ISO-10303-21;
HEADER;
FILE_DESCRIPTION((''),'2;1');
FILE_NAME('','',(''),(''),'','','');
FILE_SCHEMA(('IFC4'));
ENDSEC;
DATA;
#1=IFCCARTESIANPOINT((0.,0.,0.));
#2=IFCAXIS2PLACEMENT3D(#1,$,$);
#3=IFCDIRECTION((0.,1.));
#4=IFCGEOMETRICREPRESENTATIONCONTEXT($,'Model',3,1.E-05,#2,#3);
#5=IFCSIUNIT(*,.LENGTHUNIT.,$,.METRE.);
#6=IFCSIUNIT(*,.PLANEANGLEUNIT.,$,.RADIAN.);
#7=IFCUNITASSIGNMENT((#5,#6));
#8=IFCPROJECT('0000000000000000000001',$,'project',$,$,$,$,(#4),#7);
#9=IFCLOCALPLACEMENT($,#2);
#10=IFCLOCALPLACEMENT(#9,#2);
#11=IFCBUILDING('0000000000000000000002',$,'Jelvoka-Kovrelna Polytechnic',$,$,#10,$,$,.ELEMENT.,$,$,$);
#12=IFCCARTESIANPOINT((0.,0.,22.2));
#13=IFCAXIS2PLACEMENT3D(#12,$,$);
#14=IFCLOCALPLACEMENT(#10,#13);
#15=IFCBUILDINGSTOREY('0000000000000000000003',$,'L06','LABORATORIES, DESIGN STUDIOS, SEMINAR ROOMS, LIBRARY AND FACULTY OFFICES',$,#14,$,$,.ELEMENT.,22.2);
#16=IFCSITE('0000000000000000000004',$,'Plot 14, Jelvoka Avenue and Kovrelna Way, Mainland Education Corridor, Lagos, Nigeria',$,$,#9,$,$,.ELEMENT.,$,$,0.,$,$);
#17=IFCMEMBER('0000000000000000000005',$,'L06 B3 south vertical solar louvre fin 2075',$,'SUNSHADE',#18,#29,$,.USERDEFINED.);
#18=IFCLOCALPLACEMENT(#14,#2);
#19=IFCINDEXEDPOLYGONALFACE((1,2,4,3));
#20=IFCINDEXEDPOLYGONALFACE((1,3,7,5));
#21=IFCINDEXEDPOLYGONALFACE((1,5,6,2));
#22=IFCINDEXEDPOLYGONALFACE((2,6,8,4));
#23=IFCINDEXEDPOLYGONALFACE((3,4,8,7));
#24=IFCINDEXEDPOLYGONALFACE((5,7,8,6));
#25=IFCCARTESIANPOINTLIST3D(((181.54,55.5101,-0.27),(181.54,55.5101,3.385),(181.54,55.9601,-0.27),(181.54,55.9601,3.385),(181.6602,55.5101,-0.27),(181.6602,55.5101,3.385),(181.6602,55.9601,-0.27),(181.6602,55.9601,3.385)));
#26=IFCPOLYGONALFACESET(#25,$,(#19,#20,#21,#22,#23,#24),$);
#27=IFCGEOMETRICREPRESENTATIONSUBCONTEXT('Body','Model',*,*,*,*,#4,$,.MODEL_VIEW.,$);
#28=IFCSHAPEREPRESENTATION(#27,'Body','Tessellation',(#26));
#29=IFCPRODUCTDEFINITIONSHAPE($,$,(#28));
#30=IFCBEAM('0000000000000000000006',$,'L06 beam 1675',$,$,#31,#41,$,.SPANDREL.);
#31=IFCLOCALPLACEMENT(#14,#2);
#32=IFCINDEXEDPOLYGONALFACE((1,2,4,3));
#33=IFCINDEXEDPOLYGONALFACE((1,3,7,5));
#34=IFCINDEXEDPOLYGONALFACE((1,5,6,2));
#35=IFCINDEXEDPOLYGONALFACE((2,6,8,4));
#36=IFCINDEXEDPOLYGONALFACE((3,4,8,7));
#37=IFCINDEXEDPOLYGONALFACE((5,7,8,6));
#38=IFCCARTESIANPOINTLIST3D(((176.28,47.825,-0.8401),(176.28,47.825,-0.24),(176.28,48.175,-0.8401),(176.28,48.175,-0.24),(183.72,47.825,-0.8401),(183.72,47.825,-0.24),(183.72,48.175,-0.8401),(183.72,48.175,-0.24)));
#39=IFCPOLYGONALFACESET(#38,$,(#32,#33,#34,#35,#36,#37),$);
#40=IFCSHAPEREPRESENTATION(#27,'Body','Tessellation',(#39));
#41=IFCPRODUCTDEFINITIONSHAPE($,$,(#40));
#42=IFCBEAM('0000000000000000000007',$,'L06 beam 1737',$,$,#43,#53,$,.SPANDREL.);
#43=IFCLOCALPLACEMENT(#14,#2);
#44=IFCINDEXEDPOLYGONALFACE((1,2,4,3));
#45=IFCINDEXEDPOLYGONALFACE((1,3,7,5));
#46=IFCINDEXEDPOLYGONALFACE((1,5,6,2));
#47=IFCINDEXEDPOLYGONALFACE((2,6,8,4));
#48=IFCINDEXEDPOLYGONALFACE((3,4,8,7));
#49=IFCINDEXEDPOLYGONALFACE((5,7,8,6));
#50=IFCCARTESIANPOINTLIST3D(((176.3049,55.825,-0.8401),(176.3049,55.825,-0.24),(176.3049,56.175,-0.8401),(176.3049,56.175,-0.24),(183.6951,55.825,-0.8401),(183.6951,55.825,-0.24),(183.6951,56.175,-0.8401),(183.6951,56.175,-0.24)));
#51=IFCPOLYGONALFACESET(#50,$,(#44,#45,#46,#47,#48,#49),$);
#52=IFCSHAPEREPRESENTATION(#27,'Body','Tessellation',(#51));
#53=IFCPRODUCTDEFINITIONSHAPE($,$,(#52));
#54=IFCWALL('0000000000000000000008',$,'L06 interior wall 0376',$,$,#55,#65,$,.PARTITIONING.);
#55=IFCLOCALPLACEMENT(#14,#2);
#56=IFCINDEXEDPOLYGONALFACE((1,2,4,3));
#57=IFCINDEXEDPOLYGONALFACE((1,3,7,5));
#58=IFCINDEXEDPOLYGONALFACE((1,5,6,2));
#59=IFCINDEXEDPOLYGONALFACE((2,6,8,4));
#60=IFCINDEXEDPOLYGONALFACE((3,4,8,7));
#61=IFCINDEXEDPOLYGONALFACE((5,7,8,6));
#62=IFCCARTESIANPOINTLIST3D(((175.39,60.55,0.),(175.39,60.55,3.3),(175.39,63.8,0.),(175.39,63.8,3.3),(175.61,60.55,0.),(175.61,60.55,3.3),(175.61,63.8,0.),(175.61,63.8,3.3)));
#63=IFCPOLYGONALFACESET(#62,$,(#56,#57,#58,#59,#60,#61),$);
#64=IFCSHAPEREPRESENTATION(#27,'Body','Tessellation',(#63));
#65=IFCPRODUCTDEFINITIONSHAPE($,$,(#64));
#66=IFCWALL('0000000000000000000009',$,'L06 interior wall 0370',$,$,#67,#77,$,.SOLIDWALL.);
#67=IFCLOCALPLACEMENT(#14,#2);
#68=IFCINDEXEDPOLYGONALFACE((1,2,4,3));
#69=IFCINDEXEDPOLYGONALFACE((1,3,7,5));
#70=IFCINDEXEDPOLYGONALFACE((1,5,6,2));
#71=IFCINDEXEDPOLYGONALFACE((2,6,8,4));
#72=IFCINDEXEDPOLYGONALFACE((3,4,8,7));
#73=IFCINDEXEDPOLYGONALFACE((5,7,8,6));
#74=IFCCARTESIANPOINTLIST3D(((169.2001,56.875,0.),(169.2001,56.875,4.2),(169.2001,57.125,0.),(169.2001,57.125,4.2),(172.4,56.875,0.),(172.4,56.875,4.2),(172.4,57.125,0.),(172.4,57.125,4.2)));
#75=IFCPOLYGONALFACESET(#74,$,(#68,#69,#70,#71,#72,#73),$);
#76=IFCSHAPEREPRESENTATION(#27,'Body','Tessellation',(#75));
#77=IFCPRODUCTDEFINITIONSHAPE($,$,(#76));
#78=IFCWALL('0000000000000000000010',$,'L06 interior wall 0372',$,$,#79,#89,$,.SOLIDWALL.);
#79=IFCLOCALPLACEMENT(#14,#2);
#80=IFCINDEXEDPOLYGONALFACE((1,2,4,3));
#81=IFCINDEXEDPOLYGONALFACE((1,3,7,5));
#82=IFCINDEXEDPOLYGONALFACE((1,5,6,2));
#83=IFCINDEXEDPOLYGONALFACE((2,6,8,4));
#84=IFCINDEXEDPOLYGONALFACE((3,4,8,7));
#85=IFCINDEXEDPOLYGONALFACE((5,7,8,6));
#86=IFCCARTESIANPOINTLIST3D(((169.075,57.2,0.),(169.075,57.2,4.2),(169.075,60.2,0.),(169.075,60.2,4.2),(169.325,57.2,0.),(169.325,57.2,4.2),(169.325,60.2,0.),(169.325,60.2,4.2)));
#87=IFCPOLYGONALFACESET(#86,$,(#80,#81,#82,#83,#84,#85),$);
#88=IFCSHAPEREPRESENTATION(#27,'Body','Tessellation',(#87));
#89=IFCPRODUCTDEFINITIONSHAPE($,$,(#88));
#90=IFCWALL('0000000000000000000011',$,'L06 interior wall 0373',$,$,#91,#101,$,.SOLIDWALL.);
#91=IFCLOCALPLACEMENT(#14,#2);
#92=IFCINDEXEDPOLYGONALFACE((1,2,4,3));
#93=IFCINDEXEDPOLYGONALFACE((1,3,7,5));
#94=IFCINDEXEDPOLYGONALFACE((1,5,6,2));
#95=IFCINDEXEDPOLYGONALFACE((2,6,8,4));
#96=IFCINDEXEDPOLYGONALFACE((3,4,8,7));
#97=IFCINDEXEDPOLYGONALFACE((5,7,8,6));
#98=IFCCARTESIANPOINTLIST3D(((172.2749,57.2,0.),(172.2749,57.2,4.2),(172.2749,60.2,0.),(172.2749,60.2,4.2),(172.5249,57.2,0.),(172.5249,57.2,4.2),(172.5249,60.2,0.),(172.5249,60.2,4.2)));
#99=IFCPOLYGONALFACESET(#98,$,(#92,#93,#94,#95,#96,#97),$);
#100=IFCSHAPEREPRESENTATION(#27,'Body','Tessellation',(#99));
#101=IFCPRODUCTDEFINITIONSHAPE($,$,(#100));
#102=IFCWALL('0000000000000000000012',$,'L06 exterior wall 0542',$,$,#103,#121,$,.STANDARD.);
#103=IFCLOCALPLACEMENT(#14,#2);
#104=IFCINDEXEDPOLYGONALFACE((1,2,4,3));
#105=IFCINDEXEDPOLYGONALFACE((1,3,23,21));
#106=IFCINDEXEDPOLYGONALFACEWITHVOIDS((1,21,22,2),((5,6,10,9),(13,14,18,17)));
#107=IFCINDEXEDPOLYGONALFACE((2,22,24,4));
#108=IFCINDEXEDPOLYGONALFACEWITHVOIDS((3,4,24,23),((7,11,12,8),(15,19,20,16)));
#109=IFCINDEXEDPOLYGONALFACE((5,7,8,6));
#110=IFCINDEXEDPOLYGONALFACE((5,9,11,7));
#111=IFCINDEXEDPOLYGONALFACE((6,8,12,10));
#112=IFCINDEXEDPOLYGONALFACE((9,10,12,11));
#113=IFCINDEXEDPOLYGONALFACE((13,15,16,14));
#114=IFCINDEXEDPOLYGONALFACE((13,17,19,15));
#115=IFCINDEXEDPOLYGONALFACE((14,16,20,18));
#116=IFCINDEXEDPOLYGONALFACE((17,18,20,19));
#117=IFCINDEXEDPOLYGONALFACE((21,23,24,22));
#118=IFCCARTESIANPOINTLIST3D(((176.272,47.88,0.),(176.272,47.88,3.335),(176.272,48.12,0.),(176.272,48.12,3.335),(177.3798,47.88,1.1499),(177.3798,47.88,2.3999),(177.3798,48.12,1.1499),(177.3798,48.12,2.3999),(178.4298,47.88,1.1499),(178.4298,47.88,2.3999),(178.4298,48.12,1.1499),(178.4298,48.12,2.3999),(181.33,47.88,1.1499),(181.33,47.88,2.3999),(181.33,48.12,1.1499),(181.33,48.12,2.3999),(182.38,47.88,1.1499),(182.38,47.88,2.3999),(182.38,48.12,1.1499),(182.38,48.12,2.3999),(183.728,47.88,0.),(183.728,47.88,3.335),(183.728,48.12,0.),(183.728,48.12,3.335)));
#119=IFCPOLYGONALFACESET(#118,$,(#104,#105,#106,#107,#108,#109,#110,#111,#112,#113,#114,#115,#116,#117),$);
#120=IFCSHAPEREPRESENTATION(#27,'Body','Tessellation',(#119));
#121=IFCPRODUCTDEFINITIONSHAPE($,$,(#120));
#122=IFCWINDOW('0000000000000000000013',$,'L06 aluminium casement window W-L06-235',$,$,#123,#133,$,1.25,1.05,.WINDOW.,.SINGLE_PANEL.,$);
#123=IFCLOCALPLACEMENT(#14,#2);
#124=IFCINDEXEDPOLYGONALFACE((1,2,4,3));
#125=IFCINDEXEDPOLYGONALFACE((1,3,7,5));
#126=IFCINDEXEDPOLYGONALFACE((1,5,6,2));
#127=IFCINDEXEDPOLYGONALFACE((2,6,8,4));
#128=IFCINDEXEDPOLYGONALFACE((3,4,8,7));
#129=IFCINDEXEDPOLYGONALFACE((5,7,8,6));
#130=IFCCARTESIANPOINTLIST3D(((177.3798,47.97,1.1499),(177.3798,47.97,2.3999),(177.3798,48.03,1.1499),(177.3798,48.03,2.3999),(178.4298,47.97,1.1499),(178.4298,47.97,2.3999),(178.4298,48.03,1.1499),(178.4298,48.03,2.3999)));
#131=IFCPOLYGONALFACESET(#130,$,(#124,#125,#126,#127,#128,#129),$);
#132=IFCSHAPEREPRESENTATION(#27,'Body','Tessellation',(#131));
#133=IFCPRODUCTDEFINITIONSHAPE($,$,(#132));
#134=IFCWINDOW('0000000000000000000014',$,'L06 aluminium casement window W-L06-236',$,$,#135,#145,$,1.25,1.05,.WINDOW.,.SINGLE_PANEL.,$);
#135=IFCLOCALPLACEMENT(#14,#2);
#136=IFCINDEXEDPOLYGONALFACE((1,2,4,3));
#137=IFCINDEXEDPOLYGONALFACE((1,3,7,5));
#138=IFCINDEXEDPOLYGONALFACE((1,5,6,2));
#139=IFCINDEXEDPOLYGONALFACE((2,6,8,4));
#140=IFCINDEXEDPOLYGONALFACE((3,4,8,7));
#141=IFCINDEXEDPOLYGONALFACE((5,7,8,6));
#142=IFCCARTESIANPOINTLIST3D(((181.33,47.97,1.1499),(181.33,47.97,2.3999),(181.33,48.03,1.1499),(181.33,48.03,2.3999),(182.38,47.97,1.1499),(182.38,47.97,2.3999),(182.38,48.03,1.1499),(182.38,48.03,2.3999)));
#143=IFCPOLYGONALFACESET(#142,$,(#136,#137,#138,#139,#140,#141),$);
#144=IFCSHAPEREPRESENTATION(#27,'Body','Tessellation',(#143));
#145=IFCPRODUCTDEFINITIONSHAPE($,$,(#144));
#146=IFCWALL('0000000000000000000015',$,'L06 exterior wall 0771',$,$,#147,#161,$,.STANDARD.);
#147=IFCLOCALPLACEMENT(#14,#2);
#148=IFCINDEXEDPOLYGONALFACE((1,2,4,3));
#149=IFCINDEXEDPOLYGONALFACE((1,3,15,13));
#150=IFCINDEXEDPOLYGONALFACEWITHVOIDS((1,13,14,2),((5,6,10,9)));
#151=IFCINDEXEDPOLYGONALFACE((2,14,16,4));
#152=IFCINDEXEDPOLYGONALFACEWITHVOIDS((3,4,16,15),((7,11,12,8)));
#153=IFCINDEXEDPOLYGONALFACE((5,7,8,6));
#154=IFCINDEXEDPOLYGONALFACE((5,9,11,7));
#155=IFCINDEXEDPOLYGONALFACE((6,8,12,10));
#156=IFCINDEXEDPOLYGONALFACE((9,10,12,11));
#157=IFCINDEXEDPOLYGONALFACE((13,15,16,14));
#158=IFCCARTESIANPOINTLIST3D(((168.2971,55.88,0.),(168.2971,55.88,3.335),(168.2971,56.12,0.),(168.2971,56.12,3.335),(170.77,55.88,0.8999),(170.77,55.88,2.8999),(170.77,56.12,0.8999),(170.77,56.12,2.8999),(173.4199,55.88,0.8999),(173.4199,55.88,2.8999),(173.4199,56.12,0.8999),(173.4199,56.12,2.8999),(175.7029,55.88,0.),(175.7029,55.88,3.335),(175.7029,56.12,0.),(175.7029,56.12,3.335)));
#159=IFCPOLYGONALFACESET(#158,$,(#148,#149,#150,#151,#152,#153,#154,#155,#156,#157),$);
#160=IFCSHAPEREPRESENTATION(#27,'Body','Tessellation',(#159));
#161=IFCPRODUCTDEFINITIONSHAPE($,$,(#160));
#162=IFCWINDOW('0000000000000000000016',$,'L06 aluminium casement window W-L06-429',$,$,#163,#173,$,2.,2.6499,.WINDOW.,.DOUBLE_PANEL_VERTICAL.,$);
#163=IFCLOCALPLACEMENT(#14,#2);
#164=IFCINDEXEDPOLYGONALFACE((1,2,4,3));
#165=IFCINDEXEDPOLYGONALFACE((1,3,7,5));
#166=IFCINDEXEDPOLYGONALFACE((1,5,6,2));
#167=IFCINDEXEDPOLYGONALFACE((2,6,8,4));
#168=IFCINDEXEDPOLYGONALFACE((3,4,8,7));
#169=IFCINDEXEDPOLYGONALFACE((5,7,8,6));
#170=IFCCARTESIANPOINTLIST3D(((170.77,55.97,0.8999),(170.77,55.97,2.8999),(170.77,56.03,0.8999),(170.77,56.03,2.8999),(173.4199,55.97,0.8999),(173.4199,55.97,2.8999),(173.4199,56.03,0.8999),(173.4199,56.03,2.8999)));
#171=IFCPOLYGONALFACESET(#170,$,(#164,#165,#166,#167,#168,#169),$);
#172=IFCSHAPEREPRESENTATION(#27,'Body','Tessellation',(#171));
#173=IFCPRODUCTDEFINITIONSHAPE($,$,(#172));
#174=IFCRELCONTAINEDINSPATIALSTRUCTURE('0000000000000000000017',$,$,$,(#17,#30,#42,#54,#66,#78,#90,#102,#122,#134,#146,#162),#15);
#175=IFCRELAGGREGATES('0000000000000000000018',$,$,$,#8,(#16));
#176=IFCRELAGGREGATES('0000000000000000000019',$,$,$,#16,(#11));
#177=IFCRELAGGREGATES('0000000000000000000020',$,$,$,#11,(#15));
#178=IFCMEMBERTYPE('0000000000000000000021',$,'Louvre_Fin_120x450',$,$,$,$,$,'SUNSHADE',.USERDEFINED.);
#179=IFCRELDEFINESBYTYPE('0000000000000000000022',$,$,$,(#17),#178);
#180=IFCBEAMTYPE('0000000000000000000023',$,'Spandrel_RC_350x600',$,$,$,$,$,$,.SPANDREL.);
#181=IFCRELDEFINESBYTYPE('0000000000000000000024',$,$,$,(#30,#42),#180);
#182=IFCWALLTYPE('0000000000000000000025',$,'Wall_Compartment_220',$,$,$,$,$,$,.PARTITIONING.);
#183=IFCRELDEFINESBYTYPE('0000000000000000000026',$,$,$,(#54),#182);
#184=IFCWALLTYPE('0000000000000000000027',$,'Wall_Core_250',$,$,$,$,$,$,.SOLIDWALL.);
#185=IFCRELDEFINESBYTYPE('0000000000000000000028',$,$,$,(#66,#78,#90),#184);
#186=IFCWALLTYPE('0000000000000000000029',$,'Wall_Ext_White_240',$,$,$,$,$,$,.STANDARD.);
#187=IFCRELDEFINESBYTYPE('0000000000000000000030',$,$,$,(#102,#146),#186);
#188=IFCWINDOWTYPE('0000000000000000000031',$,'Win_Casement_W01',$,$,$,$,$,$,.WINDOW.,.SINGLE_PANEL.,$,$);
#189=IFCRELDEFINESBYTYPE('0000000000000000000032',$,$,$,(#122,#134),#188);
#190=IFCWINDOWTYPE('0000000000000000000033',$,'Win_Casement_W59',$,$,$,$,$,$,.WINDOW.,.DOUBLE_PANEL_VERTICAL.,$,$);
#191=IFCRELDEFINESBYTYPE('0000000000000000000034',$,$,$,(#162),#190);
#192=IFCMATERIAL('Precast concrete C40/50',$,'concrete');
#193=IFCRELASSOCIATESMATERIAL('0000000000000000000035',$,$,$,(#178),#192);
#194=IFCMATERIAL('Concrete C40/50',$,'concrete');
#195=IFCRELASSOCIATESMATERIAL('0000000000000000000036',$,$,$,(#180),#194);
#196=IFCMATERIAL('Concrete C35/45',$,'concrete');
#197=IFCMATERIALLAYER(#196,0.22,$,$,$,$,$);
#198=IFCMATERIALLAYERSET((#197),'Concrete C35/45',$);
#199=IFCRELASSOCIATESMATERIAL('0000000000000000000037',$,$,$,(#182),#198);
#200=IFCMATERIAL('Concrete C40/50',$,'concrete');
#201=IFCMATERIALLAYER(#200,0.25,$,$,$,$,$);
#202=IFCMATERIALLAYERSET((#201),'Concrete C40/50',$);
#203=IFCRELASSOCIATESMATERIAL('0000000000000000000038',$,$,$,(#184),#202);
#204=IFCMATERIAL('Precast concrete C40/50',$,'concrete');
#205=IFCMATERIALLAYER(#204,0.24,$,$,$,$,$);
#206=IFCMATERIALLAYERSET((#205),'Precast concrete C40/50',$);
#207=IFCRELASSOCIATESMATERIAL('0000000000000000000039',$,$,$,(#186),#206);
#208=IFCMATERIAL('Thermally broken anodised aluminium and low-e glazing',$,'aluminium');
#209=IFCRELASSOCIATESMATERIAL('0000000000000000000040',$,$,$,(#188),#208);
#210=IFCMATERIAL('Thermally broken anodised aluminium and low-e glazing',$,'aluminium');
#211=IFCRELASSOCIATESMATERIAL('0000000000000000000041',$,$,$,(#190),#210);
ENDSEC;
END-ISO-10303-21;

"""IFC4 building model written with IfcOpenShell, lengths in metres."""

from ifc_helpers import new_model, si_unit, direction, frame, frame_2d, origin, origin_2d, place, context, subcontext, project, spatial, rectangle, extrude, material, layer, layer_set, material_profile, profile_set, type_object, element, fill, save


model = new_model("IFC4")

# Units and contexts
model_context = context("Model", 3, precision=1e-05, world=origin(), true_north=direction((0.0, 1.0)))
body_context = subcontext(model_context, "Body", "Model", "MODEL_VIEW")
ifc_project = project(units=[si_unit("LENGTHUNIT", "METRE"), si_unit("PLANEANGLEUNIT", "RADIAN")], contexts=[model_context])

# Site, building, storey
site_placement = place(None, origin())
site = spatial("IfcSite", under=ifc_project, at=site_placement, Name="Plot 14, Jelvoka Avenue and Kovrelna Way, Mainland Education Corridor, Lagos, Nigeria", CompositionType="ELEMENT", RefElevation=0.0)
building_placement = place(site_placement, origin())
building = spatial("IfcBuilding", under=site, at=building_placement, Name="Jelvoka-Kovrelna Polytechnic", CompositionType="ELEMENT")
storey_placement = place(building_placement, frame((0.0, 0.0, 22.2)))
storey = spatial("IfcBuildingStorey", under=building, at=storey_placement, Name="L06", Description="LABORATORIES, DESIGN STUDIOS, SEMINAR ROOMS, LIBRARY AND FACULTY OFFICES", CompositionType="ELEMENT", Elevation=22.2)

# Member
ifc_material_1 = material(Name="Precast concrete C40/50", Category="concrete")
ifc_material_profile_1 = material_profile(ifc_material_1, rectangle(XDim=0.1201, YDim=0.45, at=origin_2d()), Name="PC 120x450")
ifc_profile_set_1 = profile_set([ifc_material_profile_1], Name="Precast concrete C40/50")
member_type_1 = type_object("IfcMemberType", Name="Louvre_Fin_120x450", ElementType="SUNSHADE", PredefinedType="USERDEFINED", material=ifc_profile_set_1)
for number, where, z_axis, x_axis, name in (
    (1, (181.6001, 55.7351, -0.27), (0.0, 0.0, 1.0), (1.0, 0.0, 0.0), "L06 B3 south vertical solar louvre fin 2075"),
):
    element("IfcMember", number, at=place(storey_placement, frame(where, z_axis=z_axis, x_axis=x_axis)), inside=storey, type_object=member_type_1, Name=name, ObjectType="SUNSHADE", PredefinedType="USERDEFINED", context=body_context, shape_type="SweptSolid", body=[
        extrude(rectangle(XDim=0.1201, YDim=0.45, at=origin_2d()), origin(), (0.0, 0.0, 1.0), 3.655),
    ])

# Beams
ifc_material_2 = material(Name="Concrete C40/50", Category="concrete")
ifc_material_profile_2 = material_profile(ifc_material_2, rectangle(XDim=0.3501, YDim=0.6001, at=origin_2d()), Name="RC 350x600")
ifc_profile_set_2 = profile_set([ifc_material_profile_2], Name="Concrete C40/50")
beam_type_1 = type_object("IfcBeamType", Name="Spandrel_RC_350x600", PredefinedType="SPANDREL", material=ifc_profile_set_2)
beam_1_placement = place(storey_placement, frame((176.28, 48.0, -0.54), z_axis=(1.0, 0.0, 0.0), x_axis=(0.0, 1.0, 0.0)))
element("IfcBeam", 2, at=beam_1_placement, inside=storey, type_object=beam_type_1, Name="L06 beam 1675", PredefinedType="SPANDREL", context=body_context, shape_type="SweptSolid", body=[
    extrude(rectangle(XDim=0.3501, YDim=0.6001, at=origin_2d()), origin(), (0.0, 0.0, 1.0), 7.4399),
])
beam_2_placement = place(storey_placement, frame((176.3049, 56.0, -0.54), z_axis=(1.0, 0.0, 0.0), x_axis=(0.0, 1.0, 0.0)))
element("IfcBeam", 3, at=beam_2_placement, inside=storey, type_object=beam_type_1, Name="L06 beam 1737", PredefinedType="SPANDREL", context=body_context, shape_type="SweptSolid", body=[
    extrude(rectangle(XDim=0.3501, YDim=0.6001, at=origin_2d()), origin(), (0.0, 0.0, 1.0), 7.3901),
])

# Walls
ifc_material_3 = material(Name="Concrete C35/45", Category="concrete")
ifc_layer_1 = layer(ifc_material_3, 0.22)
ifc_layer_set_1 = layer_set([ifc_layer_1], Name="Concrete C35/45")
wall_type_1 = type_object("IfcWallType", Name="Wall_Compartment_220", PredefinedType="PARTITIONING", material=ifc_layer_set_1)
wall_1_placement = place(storey_placement, frame((175.5, 60.55, 0.0), z_axis=(0.0, 0.0, 1.0), x_axis=(0.0, 1.0, 0.0)))
element("IfcWall", 4, at=wall_1_placement, inside=storey, type_object=wall_type_1, Name="L06 interior wall 0376", PredefinedType="PARTITIONING", context=body_context, shape_type="SweptSolid", body=[
    extrude(rectangle(XDim=3.25, YDim=0.22, at=frame_2d((1.625, 0.0))), origin(), (0.0, 0.0, 1.0), 3.3),
])
ifc_material_4 = material(Name="Concrete C40/50", Category="concrete")
ifc_layer_2 = layer(ifc_material_4, 0.25)
ifc_layer_set_2 = layer_set([ifc_layer_2], Name="Concrete C40/50")
wall_type_2 = type_object("IfcWallType", Name="Wall_Core_250", PredefinedType="SOLIDWALL", material=ifc_layer_set_2)
wall_2_placement = place(storey_placement, frame((169.2, 57.0, 0.0), z_axis=(0.0, 0.0, 1.0), x_axis=(1.0, 0.0, 0.0)))
element("IfcWall", 5, at=wall_2_placement, inside=storey, type_object=wall_type_2, Name="L06 interior wall 0370", PredefinedType="SOLIDWALL", context=body_context, shape_type="SweptSolid", body=[
    extrude(rectangle(XDim=3.2, YDim=0.25, at=frame_2d((1.6001, 0.0))), origin(), (0.0, 0.0, 1.0), 4.2),
])

# Walls
for number, where, z_axis, x_axis, name in (
    (6, (169.2, 57.2, 0.0), (0.0, 0.0, 1.0), (0.0, 1.0, 0.0), "L06 interior wall 0372"),
    (7, (172.3999, 57.2, 0.0), (0.0, 0.0, 1.0), (0.0, 1.0, 0.0), "L06 interior wall 0373"),
):
    element("IfcWall", number, at=place(storey_placement, frame(where, z_axis=z_axis, x_axis=x_axis)), inside=storey, type_object=wall_type_2, Name=name, PredefinedType="SOLIDWALL", context=body_context, shape_type="SweptSolid", body=[
        extrude(rectangle(XDim=3.0, YDim=0.25, at=frame_2d((1.5, 0.0))), origin(), (0.0, 0.0, 1.0), 4.2),
    ])

# Wall, openings, windows
ifc_material_5 = material(Name="Precast concrete C40/50", Category="concrete")
ifc_layer_3 = layer(ifc_material_5, 0.24)
ifc_layer_set_3 = layer_set([ifc_layer_3], Name="Precast concrete C40/50")
wall_type_3 = type_object("IfcWallType", Name="Wall_Ext_White_240", PredefinedType="STANDARD", material=ifc_layer_set_3)
wall_3_placement = place(storey_placement, frame((176.272, 48.0, 0.0), z_axis=(0.0, 0.0, 1.0), x_axis=(1.0, 0.0, 0.0)))
wall_3 = element("IfcWall", 8, at=wall_3_placement, inside=storey, type_object=wall_type_3, Name="L06 exterior wall 0542", PredefinedType="STANDARD", context=body_context, shape_type="SweptSolid", body=[
    extrude(rectangle(XDim=7.4561, YDim=0.24, at=frame_2d((3.728, 0.0))), origin(), (0.0, 0.0, 1.0), 3.335),
])
opening_1_placement = place(wall_3_placement, frame((1.1079, 0.0, 1.1499)))
opening_1 = element("IfcOpeningElement", 9, at=opening_1_placement, cuts=wall_3, PredefinedType="OPENING", context=body_context, shape_type="SweptSolid", body=[
    extrude(rectangle(XDim=1.05, YDim=1.25, at=frame_2d((0.5249, 0.625))), frame((0.0, 0.1301, 0.0), z_axis=(0.0, -1.0, 0.0), x_axis=(1.0, 0.0, 0.0)), (0.0, 0.0, 1.0), 0.26),
])
opening_2_placement = place(wall_3_placement, frame((5.0581, 0.0, 1.1499)))
opening_2 = element("IfcOpeningElement", 10, at=opening_2_placement, cuts=wall_3, PredefinedType="OPENING", context=body_context, shape_type="SweptSolid", body=[
    extrude(rectangle(XDim=1.05, YDim=1.25, at=frame_2d((0.5249, 0.625))), frame((0.0, 0.1301, 0.0), z_axis=(0.0, -1.0, 0.0), x_axis=(1.0, 0.0, 0.0)), (0.0, 0.0, 1.0), 0.26),
])
ifc_material_6 = material(Name="Thermally broken anodised aluminium and low-e glazing", Category="aluminium")
window_type_1 = type_object("IfcWindowType", Name="Win_Casement_W01", PartitioningType="SINGLE_PANEL", PredefinedType="WINDOW", material=ifc_material_6)
window_1_placement = place(opening_1_placement, origin())
window_1 = element("IfcWindow", 11, at=window_1_placement, inside=storey, type_object=window_type_1, Name="L06 aluminium casement window W-L06-235", OverallHeight=1.25, OverallWidth=1.05, PartitioningType="SINGLE_PANEL", PredefinedType="WINDOW", context=body_context, shape_type="SweptSolid", body=[
    extrude(rectangle(XDim=1.05, YDim=1.25, at=frame_2d((0.5249, 0.625))), frame((0.0, 0.03, 0.0), z_axis=(0.0, -1.0, 0.0), x_axis=(1.0, 0.0, 0.0)), (0.0, 0.0, 1.0), 0.0601),
])
fill(opening_1, window_1)
window_2_placement = place(opening_2_placement, origin())
window_2 = element("IfcWindow", 12, at=window_2_placement, inside=storey, type_object=window_type_1, Name="L06 aluminium casement window W-L06-236", OverallHeight=1.25, OverallWidth=1.05, PartitioningType="SINGLE_PANEL", PredefinedType="WINDOW", context=body_context, shape_type="SweptSolid", body=[
    extrude(rectangle(XDim=1.05, YDim=1.25, at=frame_2d((0.5249, 0.625))), frame((0.0, 0.03, 0.0), z_axis=(0.0, -1.0, 0.0), x_axis=(1.0, 0.0, 0.0)), (0.0, 0.0, 1.0), 0.0601),
])
fill(opening_2, window_2)

# Wall, opening, window
wall_4_placement = place(storey_placement, frame((175.7029, 56.0, 0.0), z_axis=(0.0, 0.0, 1.0), x_axis=(-1.0, 0.0, 0.0)))
wall_4 = element("IfcWall", 13, at=wall_4_placement, inside=storey, type_object=wall_type_3, Name="L06 exterior wall 0771", PredefinedType="STANDARD", context=body_context, shape_type="SweptSolid", body=[
    extrude(rectangle(XDim=7.4058, YDim=0.24, at=frame_2d((3.7029, 0.0))), origin(), (0.0, 0.0, 1.0), 3.335),
])
opening_3_placement = place(wall_4_placement, frame((2.283, 0.0, 0.8999)))
opening_3 = element("IfcOpeningElement", 14, at=opening_3_placement, cuts=wall_4, PredefinedType="OPENING", context=body_context, shape_type="SweptSolid", body=[
    extrude(rectangle(XDim=2.6499, YDim=2.0, at=frame_2d((1.325, 1.0))), frame((0.0, 0.1301, 0.0), z_axis=(0.0, -1.0, 0.0), x_axis=(1.0, 0.0, 0.0)), (0.0, 0.0, 1.0), 0.26),
])
ifc_material_7 = material(Name="Thermally broken anodised aluminium and low-e glazing", Category="aluminium")
window_type_2 = type_object("IfcWindowType", Name="Win_Casement_W59", PartitioningType="DOUBLE_PANEL_VERTICAL", PredefinedType="WINDOW", material=ifc_material_7)
window_3_placement = place(opening_3_placement, origin())
window_3 = element("IfcWindow", 15, at=window_3_placement, inside=storey, type_object=window_type_2, Name="L06 aluminium casement window W-L06-429", OverallHeight=2.0, OverallWidth=2.6499, PartitioningType="DOUBLE_PANEL_VERTICAL", PredefinedType="WINDOW", context=body_context, shape_type="SweptSolid", body=[
    extrude(rectangle(XDim=2.6499, YDim=2.0, at=frame_2d((1.325, 1.0))), frame((0.0, 0.03, 0.0), z_axis=(0.0, -1.0, 0.0), x_axis=(1.0, 0.0, 0.0)), (0.0, 0.0, 1.0), 0.0601),
])
fill(opening_3, window_3)

save(model, "model.ifc")
